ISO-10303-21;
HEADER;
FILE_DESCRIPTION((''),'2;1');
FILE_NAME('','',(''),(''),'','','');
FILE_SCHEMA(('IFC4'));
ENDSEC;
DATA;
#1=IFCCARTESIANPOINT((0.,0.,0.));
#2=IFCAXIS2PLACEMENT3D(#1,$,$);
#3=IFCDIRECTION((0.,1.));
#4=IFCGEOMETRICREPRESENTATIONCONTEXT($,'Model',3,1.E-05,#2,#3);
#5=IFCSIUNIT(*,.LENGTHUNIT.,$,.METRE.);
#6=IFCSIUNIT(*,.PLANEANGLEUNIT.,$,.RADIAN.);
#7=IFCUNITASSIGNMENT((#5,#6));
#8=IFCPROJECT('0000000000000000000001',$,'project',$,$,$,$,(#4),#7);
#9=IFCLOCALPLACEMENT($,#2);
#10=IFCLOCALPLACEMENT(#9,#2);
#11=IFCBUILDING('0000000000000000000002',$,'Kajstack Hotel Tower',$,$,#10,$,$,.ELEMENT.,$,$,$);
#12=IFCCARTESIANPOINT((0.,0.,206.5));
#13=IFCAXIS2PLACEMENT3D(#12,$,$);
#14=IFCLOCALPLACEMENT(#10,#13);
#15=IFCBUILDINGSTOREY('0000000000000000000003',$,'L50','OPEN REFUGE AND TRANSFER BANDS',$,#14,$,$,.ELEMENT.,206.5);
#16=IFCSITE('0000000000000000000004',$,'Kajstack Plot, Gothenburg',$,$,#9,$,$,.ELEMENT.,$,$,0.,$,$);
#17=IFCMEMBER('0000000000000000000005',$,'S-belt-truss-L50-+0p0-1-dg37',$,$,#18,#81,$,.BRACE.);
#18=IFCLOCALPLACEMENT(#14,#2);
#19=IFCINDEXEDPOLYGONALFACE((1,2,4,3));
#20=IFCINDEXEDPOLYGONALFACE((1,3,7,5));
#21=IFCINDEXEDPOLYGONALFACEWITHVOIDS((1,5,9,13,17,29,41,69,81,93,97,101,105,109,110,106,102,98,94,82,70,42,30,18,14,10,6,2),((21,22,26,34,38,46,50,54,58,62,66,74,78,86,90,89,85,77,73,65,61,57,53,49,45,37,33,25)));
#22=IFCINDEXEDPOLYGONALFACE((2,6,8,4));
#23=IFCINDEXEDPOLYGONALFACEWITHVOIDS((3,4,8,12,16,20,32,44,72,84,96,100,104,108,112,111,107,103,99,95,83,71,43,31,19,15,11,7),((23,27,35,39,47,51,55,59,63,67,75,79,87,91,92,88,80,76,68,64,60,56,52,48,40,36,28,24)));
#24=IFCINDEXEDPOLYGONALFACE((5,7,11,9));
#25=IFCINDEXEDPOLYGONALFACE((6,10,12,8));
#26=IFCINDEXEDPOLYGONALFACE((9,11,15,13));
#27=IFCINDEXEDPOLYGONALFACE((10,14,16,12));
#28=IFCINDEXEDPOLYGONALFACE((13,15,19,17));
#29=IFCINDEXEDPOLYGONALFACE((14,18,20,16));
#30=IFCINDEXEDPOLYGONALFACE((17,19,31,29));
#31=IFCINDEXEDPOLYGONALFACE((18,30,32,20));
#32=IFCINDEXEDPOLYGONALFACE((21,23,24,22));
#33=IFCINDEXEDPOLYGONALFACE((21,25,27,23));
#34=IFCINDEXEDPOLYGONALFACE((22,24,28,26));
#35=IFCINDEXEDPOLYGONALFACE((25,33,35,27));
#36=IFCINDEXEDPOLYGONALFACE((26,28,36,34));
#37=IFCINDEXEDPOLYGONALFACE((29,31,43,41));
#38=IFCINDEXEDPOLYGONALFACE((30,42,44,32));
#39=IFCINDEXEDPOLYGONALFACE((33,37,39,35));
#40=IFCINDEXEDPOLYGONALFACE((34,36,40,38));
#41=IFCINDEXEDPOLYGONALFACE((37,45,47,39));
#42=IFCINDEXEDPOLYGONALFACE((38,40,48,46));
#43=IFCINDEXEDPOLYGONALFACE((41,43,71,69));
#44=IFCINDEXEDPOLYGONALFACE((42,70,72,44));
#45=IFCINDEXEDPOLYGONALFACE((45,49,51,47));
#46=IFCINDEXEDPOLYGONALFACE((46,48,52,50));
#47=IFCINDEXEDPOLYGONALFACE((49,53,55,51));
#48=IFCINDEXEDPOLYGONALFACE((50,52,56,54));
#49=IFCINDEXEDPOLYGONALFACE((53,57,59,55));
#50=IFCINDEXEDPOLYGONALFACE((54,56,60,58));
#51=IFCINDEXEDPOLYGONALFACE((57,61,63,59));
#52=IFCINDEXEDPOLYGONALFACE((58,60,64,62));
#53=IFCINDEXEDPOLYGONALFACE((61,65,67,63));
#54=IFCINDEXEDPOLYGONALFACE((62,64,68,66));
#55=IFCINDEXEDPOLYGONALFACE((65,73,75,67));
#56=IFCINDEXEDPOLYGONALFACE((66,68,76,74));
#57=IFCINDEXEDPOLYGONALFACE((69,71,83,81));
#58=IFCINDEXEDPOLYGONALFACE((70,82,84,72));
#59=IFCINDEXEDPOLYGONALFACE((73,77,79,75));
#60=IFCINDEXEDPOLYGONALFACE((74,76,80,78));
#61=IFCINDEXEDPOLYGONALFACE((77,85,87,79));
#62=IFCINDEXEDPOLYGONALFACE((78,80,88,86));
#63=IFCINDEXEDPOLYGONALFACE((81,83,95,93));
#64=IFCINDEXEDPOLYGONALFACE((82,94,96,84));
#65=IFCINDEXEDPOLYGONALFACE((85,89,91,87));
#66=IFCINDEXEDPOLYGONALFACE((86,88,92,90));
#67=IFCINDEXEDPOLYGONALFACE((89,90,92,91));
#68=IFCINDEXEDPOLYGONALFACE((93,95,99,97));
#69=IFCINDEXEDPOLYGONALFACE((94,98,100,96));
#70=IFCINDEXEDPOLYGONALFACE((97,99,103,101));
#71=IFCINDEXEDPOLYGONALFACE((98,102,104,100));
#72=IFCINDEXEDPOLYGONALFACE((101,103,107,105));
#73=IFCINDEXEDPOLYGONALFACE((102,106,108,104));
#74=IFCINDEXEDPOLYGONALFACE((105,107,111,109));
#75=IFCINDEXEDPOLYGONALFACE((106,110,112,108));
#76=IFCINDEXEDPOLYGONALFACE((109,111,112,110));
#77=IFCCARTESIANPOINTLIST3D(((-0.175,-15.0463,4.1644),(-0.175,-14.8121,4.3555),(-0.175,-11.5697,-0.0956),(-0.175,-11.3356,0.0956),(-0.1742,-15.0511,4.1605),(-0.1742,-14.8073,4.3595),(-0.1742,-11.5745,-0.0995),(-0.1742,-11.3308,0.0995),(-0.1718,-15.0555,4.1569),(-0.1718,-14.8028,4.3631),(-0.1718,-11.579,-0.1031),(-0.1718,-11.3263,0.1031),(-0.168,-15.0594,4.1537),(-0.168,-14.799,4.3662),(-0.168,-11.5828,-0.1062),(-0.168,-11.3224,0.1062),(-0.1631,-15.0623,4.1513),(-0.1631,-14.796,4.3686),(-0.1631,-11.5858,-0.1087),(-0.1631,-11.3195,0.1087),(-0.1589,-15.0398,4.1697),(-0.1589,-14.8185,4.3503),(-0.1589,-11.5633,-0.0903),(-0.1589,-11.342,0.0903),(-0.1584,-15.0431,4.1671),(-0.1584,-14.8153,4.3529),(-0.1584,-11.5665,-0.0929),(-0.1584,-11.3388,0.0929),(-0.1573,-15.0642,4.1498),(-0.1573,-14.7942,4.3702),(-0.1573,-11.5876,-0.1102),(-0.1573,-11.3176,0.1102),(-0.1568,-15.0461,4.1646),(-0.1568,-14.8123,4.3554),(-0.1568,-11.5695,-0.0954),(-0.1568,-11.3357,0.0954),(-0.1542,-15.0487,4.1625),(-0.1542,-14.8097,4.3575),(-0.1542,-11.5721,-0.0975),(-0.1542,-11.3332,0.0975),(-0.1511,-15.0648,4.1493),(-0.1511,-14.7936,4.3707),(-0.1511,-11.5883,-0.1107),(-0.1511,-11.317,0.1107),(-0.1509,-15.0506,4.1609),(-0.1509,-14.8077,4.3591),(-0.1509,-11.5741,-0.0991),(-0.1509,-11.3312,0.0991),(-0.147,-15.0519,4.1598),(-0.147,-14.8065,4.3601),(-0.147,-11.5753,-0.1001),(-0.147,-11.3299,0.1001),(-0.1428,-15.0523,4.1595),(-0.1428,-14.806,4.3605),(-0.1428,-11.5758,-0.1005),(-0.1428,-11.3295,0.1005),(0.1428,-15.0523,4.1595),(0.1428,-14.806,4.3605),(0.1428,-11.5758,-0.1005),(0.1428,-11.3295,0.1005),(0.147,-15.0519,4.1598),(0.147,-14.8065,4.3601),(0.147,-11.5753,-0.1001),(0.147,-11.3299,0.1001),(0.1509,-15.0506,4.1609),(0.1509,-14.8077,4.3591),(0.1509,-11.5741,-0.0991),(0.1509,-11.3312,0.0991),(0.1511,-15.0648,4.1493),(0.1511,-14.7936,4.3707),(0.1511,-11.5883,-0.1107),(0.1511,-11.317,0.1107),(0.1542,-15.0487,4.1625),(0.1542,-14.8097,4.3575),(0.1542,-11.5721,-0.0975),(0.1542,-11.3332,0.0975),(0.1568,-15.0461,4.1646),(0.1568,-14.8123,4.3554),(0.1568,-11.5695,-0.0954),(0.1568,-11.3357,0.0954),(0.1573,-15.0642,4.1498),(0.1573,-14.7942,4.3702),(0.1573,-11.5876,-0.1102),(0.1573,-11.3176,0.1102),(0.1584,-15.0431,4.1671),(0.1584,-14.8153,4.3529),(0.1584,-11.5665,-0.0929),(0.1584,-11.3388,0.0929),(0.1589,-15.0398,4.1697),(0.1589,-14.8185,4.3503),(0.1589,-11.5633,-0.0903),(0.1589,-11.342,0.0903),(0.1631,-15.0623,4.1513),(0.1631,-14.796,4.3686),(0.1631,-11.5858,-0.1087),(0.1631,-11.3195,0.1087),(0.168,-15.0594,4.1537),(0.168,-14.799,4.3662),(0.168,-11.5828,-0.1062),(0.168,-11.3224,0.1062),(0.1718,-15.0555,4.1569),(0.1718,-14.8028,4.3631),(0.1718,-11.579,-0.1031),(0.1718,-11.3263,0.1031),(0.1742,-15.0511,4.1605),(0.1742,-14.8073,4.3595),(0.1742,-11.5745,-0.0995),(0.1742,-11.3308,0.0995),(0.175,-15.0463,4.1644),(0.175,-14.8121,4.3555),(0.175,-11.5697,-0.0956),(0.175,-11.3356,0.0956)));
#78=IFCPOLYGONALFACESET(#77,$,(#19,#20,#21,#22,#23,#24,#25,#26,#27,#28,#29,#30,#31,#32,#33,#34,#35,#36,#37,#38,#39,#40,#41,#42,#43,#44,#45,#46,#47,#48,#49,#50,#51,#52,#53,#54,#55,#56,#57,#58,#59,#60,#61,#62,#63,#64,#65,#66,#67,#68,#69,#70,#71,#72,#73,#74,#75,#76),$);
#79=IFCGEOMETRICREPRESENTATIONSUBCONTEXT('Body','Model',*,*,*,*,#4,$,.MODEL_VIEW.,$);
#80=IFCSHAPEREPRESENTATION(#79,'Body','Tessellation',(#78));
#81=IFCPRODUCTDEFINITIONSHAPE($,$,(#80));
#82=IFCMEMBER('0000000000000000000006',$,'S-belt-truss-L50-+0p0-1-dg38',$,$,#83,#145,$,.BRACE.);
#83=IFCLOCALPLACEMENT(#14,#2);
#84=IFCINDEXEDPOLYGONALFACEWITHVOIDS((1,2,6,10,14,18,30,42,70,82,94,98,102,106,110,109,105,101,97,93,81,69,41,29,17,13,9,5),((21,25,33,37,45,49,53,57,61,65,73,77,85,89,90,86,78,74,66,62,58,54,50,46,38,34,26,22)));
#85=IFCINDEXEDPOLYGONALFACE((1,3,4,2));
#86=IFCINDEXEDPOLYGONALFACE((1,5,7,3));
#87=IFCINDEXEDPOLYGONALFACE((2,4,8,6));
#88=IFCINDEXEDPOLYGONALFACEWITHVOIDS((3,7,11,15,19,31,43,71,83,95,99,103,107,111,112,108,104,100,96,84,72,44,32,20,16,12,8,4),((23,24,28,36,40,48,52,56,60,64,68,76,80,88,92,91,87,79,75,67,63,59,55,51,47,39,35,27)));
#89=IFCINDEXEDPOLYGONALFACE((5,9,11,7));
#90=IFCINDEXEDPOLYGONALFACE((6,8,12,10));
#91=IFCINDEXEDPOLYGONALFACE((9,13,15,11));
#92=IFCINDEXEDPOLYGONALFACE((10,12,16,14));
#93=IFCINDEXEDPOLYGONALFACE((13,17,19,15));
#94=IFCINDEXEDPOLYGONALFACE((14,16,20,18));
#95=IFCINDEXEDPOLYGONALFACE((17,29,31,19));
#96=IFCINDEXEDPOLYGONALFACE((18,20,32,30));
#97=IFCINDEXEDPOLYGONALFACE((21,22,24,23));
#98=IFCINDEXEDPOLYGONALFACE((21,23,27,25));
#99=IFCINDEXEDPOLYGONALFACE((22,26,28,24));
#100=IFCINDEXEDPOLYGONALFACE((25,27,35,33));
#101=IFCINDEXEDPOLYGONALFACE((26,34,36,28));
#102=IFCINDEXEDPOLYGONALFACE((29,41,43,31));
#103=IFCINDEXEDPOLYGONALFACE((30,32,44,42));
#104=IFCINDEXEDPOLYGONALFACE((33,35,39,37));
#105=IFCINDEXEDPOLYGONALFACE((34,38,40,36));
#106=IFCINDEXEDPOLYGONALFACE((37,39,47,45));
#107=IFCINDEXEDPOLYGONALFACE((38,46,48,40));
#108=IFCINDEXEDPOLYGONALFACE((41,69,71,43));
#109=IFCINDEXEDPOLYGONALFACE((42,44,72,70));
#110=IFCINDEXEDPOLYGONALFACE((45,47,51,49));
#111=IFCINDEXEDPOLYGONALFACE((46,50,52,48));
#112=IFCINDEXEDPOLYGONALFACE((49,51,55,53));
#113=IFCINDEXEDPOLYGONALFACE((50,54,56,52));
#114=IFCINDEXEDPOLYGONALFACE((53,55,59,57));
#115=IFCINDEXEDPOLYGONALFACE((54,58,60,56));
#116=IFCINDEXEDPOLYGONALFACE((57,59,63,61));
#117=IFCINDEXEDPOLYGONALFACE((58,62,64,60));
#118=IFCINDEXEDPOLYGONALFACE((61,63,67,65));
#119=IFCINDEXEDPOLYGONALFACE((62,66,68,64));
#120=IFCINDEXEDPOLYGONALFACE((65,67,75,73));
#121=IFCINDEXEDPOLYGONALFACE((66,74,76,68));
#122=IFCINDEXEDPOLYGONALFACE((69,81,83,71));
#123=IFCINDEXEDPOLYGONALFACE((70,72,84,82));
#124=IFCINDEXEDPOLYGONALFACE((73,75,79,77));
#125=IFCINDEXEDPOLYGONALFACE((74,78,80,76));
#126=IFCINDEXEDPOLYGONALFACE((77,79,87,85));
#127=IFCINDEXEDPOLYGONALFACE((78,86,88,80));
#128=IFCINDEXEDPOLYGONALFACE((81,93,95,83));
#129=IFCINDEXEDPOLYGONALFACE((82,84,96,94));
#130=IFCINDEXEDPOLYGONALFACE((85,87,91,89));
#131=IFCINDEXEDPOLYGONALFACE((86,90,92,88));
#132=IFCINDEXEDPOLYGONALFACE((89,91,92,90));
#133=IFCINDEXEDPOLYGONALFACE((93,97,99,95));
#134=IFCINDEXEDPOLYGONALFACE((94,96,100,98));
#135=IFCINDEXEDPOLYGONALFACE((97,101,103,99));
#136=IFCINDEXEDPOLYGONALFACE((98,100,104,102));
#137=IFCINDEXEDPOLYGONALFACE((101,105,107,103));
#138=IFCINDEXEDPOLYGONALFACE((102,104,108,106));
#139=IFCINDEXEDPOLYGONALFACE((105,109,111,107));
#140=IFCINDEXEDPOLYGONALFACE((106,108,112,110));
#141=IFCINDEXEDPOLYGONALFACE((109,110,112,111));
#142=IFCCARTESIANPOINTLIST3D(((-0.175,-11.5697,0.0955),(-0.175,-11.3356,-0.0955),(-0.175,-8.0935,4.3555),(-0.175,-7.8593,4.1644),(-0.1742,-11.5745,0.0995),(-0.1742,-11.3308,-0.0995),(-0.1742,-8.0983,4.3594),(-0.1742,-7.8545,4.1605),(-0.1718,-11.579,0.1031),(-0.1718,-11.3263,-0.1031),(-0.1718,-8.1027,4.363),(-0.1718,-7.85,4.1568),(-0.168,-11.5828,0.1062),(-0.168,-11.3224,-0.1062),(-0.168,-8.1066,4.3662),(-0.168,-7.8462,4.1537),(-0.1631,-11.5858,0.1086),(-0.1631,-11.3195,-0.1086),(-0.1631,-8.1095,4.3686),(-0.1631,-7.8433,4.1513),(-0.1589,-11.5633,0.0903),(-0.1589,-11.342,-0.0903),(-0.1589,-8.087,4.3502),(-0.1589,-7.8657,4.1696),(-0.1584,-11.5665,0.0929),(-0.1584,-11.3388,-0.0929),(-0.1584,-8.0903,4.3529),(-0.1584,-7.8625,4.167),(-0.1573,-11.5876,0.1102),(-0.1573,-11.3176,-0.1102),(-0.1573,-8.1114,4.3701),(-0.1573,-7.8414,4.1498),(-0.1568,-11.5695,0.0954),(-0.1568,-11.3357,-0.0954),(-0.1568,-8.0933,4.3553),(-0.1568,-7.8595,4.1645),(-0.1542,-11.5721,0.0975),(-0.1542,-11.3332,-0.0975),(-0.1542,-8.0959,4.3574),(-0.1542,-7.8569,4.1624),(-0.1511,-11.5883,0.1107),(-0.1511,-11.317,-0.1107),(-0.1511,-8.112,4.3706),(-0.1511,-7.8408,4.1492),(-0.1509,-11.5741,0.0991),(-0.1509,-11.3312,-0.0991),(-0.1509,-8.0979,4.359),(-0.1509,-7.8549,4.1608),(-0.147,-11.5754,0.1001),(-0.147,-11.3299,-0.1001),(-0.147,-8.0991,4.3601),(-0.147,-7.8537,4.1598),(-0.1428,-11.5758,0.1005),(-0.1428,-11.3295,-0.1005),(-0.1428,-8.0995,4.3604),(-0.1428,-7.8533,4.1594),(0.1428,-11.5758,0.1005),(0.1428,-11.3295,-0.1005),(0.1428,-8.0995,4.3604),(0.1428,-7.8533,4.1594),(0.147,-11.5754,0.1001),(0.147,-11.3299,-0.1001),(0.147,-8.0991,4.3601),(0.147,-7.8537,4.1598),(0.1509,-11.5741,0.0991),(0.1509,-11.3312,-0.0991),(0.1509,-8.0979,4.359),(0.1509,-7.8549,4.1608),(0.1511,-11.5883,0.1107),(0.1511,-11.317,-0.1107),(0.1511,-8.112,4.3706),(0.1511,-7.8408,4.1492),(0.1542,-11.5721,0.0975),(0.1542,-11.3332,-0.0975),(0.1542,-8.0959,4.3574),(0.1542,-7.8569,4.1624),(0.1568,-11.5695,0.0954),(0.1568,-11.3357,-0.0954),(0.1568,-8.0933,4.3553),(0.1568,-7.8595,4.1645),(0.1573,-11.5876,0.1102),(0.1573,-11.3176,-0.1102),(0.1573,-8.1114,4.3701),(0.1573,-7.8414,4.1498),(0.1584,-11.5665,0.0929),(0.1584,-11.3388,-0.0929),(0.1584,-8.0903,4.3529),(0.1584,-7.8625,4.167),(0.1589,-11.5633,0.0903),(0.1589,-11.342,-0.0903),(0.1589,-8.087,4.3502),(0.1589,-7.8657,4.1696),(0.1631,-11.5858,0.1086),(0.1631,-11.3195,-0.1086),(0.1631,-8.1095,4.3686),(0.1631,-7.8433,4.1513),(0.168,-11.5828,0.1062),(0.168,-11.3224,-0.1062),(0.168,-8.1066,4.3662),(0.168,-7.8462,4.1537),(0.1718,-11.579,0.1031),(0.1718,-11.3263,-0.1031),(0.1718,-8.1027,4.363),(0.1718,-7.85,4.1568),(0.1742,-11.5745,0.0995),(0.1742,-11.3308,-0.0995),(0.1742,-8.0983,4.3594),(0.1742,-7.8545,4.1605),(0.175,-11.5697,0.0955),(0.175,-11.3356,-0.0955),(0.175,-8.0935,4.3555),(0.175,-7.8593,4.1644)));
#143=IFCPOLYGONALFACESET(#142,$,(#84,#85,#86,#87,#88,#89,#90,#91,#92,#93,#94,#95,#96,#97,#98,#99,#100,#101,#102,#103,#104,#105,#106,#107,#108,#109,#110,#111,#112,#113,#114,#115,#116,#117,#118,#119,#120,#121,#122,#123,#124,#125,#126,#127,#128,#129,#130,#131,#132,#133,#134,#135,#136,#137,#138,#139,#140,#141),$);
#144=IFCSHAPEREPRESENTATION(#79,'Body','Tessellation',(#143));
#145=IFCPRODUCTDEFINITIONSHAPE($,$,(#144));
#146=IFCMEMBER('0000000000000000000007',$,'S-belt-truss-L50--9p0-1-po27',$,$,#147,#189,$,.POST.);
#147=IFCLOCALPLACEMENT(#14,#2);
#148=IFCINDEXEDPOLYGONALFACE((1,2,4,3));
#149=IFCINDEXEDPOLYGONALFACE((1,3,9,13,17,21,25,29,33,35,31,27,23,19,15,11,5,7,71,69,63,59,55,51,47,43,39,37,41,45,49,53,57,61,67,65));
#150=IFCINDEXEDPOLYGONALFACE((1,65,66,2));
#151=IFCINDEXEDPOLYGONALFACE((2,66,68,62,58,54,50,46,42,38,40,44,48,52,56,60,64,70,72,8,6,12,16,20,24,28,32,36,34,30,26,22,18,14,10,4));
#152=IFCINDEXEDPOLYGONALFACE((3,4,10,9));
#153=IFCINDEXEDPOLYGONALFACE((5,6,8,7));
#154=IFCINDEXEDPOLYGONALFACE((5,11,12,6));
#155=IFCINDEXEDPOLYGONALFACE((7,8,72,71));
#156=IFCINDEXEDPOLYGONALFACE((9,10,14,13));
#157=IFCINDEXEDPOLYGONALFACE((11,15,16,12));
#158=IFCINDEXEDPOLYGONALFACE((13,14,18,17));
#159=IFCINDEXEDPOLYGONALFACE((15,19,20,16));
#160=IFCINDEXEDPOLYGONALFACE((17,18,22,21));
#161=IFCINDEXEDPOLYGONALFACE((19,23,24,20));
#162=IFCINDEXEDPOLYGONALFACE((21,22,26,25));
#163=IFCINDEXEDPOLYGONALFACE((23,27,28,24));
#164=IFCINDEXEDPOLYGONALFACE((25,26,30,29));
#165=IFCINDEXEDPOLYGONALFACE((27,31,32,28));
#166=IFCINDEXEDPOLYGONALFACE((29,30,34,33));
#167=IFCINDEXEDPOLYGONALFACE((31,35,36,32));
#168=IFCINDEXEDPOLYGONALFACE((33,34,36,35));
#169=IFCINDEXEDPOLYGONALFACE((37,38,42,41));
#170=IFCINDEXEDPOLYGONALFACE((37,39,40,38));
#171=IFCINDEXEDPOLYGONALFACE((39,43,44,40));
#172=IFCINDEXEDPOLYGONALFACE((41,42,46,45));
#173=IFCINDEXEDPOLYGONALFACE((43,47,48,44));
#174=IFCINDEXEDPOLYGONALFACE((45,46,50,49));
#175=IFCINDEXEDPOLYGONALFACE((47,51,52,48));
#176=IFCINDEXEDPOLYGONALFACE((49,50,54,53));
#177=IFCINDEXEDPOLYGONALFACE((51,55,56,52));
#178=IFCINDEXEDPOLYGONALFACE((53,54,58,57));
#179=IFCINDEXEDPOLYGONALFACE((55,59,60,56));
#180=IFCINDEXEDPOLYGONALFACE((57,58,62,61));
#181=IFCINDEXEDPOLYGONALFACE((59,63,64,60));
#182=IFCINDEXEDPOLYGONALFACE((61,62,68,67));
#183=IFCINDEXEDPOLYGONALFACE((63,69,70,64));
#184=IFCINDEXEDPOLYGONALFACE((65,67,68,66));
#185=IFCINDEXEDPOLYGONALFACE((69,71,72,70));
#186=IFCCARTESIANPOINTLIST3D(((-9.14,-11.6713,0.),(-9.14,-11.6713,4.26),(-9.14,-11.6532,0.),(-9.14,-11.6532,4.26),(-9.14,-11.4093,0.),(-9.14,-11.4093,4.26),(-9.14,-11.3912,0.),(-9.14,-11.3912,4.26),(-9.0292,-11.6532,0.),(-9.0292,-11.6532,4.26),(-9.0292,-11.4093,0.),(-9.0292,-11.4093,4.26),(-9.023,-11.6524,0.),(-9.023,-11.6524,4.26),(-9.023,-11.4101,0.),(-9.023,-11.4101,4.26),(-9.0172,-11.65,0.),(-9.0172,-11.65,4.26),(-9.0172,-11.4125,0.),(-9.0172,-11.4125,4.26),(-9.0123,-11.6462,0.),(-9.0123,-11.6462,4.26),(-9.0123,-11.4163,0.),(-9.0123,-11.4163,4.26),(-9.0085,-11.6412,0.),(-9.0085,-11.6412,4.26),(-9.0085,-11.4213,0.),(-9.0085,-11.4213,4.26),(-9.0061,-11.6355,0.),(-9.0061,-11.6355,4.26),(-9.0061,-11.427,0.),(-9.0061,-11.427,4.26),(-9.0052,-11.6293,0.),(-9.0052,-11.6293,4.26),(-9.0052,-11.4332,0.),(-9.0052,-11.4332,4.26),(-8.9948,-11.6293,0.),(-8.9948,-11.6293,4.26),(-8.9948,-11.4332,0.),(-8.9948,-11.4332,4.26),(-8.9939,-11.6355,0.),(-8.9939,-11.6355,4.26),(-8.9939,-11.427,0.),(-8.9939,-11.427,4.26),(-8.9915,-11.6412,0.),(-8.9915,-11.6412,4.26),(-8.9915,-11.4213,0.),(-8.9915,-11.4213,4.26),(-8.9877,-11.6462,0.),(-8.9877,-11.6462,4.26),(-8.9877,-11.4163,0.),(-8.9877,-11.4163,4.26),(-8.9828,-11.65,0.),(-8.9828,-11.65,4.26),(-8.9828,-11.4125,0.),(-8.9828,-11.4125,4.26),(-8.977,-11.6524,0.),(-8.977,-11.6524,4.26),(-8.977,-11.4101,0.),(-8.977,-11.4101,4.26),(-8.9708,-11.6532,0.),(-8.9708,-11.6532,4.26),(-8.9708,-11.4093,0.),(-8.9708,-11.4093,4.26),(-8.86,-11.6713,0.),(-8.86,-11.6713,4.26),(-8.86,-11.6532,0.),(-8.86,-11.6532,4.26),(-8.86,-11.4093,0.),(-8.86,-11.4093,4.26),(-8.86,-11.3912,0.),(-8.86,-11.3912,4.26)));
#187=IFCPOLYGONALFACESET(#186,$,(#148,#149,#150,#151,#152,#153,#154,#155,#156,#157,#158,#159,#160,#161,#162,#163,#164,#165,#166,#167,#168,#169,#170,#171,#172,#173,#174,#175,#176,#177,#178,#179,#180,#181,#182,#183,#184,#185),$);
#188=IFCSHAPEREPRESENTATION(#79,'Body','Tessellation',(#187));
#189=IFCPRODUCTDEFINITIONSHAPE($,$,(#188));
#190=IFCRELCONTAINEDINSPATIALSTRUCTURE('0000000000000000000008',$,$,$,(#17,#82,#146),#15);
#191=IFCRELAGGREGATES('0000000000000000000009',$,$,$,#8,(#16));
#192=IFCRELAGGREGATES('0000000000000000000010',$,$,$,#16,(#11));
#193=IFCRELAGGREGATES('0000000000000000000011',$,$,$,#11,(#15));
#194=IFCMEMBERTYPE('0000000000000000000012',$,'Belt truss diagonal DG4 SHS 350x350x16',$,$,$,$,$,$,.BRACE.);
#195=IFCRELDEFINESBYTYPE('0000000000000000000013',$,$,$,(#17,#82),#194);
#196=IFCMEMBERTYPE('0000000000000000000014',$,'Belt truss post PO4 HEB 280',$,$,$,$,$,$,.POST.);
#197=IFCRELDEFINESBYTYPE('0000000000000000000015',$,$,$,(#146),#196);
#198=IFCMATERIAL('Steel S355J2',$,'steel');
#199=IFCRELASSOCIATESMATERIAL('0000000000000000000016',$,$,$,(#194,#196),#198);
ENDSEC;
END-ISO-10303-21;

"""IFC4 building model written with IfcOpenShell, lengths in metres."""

from ifc_helpers import new_model, si_unit, direction, frame, origin, origin_2d, place, context, subcontext, project, spatial, hollow_rectangle, i_section, extrude, material, material_profile, profile_set, type_object, element, save


model = new_model("IFC4")

# Units and contexts
model_context = context("Model", 3, precision=1e-05, world=origin(), true_north=direction((0.0, 1.0)))
body_context = subcontext(model_context, "Body", "Model", "MODEL_VIEW")
ifc_project = project(units=[si_unit("LENGTHUNIT", "METRE"), si_unit("PLANEANGLEUNIT", "RADIAN")], contexts=[model_context])

# Site, building, storey
site_placement = place(None, origin())
site = spatial("IfcSite", under=ifc_project, at=site_placement, Name="Kajstack Plot, Gothenburg", CompositionType="ELEMENT", RefElevation=0.0)
building_placement = place(site_placement, origin())
building = spatial("IfcBuilding", under=site, at=building_placement, Name="Kajstack Hotel Tower", CompositionType="ELEMENT")
storey_placement = place(building_placement, frame((0.0, 0.0, 206.5)))
storey = spatial("IfcBuildingStorey", under=building, at=storey_placement, Name="L50", Description="OPEN REFUGE AND TRANSFER BANDS", CompositionType="ELEMENT", Elevation=206.5)

# Members
ifc_material_1 = material(Name="Steel S355J2", Category="steel")
ifc_material_profile_1 = material_profile(ifc_material_1, hollow_rectangle(XDim=0.3501, YDim=0.3501, WallThickness=0.0161, InnerFilletRadius=0.0161, OuterFilletRadius=0.0239, at=origin_2d()), Name="SHS 350x350x16")
ifc_profile_set_1 = profile_set([ifc_material_profile_1], Name="Steel S355J2")
member_type_1 = type_object("IfcMemberType", Name="Belt truss diagonal DG4 SHS 350x350x16", PredefinedType="BRACE", material=ifc_profile_set_1)
member_1_placement = place(storey_placement, frame((0.0, -11.4526, 0.0), z_axis=(0.0, -0.632268, 0.77475), x_axis=(1.0, 0.0, 0.0)))
element("IfcMember", 1, at=member_1_placement, inside=storey, type_object=member_type_1, Name="S-belt-truss-L50-+0p0-1-dg37", PredefinedType="BRACE", context=body_context, shape_type="SweptSolid", body=[
    extrude(hollow_rectangle(XDim=0.3501, YDim=0.3501, WallThickness=0.0161, InnerFilletRadius=0.0161, OuterFilletRadius=0.0239, at=origin_2d()), origin(), (0.0, 0.0, 1.0), 5.4985),
])
member_2_placement = place(storey_placement, frame((0.0, -11.4526, 0.0), z_axis=(0.0, 0.632241, 0.774772), x_axis=(-1.0, 0.0, 0.0)))
element("IfcMember", 2, at=member_2_placement, inside=storey, type_object=member_type_1, Name="S-belt-truss-L50-+0p0-1-dg38", PredefinedType="BRACE", context=body_context, shape_type="SweptSolid", body=[
    extrude(hollow_rectangle(XDim=0.3501, YDim=0.3501, WallThickness=0.0161, InnerFilletRadius=0.0161, OuterFilletRadius=0.0239, at=origin_2d()), origin(), (0.0, 0.0, 1.0), 5.4983),
])
ifc_material_profile_2 = material_profile(ifc_material_1, i_section(OverallWidth=0.28, OverallDepth=0.28, WebThickness=0.0105, FlangeThickness=0.0181, FilletRadius=0.0239, at=origin_2d()), Name="HEB 280")
ifc_profile_set_2 = profile_set([ifc_material_profile_2], Name="Steel S355J2")
member_type_2 = type_object("IfcMemberType", Name="Belt truss post PO4 HEB 280", PredefinedType="POST", material=ifc_profile_set_2)
for number, where, z_axis, x_axis, name in (
    (3, (-9.0, -11.5312, 0.0), (0.0, 0.0, 1.0), (1.0, 0.0, 0.0), "S-belt-truss-L50--9p0-1-po27"),
):
    element("IfcMember", number, at=place(storey_placement, frame(where, z_axis=z_axis, x_axis=x_axis)), inside=storey, type_object=member_type_2, Name=name, PredefinedType="POST", context=body_context, shape_type="SweptSolid", body=[
        extrude(i_section(OverallWidth=0.28, OverallDepth=0.28, WebThickness=0.0105, FlangeThickness=0.0181, FilletRadius=0.0239, at=origin_2d()), origin(), (0.0, 0.0, 1.0), 4.26),
    ])

save(model, "model.ifc")
